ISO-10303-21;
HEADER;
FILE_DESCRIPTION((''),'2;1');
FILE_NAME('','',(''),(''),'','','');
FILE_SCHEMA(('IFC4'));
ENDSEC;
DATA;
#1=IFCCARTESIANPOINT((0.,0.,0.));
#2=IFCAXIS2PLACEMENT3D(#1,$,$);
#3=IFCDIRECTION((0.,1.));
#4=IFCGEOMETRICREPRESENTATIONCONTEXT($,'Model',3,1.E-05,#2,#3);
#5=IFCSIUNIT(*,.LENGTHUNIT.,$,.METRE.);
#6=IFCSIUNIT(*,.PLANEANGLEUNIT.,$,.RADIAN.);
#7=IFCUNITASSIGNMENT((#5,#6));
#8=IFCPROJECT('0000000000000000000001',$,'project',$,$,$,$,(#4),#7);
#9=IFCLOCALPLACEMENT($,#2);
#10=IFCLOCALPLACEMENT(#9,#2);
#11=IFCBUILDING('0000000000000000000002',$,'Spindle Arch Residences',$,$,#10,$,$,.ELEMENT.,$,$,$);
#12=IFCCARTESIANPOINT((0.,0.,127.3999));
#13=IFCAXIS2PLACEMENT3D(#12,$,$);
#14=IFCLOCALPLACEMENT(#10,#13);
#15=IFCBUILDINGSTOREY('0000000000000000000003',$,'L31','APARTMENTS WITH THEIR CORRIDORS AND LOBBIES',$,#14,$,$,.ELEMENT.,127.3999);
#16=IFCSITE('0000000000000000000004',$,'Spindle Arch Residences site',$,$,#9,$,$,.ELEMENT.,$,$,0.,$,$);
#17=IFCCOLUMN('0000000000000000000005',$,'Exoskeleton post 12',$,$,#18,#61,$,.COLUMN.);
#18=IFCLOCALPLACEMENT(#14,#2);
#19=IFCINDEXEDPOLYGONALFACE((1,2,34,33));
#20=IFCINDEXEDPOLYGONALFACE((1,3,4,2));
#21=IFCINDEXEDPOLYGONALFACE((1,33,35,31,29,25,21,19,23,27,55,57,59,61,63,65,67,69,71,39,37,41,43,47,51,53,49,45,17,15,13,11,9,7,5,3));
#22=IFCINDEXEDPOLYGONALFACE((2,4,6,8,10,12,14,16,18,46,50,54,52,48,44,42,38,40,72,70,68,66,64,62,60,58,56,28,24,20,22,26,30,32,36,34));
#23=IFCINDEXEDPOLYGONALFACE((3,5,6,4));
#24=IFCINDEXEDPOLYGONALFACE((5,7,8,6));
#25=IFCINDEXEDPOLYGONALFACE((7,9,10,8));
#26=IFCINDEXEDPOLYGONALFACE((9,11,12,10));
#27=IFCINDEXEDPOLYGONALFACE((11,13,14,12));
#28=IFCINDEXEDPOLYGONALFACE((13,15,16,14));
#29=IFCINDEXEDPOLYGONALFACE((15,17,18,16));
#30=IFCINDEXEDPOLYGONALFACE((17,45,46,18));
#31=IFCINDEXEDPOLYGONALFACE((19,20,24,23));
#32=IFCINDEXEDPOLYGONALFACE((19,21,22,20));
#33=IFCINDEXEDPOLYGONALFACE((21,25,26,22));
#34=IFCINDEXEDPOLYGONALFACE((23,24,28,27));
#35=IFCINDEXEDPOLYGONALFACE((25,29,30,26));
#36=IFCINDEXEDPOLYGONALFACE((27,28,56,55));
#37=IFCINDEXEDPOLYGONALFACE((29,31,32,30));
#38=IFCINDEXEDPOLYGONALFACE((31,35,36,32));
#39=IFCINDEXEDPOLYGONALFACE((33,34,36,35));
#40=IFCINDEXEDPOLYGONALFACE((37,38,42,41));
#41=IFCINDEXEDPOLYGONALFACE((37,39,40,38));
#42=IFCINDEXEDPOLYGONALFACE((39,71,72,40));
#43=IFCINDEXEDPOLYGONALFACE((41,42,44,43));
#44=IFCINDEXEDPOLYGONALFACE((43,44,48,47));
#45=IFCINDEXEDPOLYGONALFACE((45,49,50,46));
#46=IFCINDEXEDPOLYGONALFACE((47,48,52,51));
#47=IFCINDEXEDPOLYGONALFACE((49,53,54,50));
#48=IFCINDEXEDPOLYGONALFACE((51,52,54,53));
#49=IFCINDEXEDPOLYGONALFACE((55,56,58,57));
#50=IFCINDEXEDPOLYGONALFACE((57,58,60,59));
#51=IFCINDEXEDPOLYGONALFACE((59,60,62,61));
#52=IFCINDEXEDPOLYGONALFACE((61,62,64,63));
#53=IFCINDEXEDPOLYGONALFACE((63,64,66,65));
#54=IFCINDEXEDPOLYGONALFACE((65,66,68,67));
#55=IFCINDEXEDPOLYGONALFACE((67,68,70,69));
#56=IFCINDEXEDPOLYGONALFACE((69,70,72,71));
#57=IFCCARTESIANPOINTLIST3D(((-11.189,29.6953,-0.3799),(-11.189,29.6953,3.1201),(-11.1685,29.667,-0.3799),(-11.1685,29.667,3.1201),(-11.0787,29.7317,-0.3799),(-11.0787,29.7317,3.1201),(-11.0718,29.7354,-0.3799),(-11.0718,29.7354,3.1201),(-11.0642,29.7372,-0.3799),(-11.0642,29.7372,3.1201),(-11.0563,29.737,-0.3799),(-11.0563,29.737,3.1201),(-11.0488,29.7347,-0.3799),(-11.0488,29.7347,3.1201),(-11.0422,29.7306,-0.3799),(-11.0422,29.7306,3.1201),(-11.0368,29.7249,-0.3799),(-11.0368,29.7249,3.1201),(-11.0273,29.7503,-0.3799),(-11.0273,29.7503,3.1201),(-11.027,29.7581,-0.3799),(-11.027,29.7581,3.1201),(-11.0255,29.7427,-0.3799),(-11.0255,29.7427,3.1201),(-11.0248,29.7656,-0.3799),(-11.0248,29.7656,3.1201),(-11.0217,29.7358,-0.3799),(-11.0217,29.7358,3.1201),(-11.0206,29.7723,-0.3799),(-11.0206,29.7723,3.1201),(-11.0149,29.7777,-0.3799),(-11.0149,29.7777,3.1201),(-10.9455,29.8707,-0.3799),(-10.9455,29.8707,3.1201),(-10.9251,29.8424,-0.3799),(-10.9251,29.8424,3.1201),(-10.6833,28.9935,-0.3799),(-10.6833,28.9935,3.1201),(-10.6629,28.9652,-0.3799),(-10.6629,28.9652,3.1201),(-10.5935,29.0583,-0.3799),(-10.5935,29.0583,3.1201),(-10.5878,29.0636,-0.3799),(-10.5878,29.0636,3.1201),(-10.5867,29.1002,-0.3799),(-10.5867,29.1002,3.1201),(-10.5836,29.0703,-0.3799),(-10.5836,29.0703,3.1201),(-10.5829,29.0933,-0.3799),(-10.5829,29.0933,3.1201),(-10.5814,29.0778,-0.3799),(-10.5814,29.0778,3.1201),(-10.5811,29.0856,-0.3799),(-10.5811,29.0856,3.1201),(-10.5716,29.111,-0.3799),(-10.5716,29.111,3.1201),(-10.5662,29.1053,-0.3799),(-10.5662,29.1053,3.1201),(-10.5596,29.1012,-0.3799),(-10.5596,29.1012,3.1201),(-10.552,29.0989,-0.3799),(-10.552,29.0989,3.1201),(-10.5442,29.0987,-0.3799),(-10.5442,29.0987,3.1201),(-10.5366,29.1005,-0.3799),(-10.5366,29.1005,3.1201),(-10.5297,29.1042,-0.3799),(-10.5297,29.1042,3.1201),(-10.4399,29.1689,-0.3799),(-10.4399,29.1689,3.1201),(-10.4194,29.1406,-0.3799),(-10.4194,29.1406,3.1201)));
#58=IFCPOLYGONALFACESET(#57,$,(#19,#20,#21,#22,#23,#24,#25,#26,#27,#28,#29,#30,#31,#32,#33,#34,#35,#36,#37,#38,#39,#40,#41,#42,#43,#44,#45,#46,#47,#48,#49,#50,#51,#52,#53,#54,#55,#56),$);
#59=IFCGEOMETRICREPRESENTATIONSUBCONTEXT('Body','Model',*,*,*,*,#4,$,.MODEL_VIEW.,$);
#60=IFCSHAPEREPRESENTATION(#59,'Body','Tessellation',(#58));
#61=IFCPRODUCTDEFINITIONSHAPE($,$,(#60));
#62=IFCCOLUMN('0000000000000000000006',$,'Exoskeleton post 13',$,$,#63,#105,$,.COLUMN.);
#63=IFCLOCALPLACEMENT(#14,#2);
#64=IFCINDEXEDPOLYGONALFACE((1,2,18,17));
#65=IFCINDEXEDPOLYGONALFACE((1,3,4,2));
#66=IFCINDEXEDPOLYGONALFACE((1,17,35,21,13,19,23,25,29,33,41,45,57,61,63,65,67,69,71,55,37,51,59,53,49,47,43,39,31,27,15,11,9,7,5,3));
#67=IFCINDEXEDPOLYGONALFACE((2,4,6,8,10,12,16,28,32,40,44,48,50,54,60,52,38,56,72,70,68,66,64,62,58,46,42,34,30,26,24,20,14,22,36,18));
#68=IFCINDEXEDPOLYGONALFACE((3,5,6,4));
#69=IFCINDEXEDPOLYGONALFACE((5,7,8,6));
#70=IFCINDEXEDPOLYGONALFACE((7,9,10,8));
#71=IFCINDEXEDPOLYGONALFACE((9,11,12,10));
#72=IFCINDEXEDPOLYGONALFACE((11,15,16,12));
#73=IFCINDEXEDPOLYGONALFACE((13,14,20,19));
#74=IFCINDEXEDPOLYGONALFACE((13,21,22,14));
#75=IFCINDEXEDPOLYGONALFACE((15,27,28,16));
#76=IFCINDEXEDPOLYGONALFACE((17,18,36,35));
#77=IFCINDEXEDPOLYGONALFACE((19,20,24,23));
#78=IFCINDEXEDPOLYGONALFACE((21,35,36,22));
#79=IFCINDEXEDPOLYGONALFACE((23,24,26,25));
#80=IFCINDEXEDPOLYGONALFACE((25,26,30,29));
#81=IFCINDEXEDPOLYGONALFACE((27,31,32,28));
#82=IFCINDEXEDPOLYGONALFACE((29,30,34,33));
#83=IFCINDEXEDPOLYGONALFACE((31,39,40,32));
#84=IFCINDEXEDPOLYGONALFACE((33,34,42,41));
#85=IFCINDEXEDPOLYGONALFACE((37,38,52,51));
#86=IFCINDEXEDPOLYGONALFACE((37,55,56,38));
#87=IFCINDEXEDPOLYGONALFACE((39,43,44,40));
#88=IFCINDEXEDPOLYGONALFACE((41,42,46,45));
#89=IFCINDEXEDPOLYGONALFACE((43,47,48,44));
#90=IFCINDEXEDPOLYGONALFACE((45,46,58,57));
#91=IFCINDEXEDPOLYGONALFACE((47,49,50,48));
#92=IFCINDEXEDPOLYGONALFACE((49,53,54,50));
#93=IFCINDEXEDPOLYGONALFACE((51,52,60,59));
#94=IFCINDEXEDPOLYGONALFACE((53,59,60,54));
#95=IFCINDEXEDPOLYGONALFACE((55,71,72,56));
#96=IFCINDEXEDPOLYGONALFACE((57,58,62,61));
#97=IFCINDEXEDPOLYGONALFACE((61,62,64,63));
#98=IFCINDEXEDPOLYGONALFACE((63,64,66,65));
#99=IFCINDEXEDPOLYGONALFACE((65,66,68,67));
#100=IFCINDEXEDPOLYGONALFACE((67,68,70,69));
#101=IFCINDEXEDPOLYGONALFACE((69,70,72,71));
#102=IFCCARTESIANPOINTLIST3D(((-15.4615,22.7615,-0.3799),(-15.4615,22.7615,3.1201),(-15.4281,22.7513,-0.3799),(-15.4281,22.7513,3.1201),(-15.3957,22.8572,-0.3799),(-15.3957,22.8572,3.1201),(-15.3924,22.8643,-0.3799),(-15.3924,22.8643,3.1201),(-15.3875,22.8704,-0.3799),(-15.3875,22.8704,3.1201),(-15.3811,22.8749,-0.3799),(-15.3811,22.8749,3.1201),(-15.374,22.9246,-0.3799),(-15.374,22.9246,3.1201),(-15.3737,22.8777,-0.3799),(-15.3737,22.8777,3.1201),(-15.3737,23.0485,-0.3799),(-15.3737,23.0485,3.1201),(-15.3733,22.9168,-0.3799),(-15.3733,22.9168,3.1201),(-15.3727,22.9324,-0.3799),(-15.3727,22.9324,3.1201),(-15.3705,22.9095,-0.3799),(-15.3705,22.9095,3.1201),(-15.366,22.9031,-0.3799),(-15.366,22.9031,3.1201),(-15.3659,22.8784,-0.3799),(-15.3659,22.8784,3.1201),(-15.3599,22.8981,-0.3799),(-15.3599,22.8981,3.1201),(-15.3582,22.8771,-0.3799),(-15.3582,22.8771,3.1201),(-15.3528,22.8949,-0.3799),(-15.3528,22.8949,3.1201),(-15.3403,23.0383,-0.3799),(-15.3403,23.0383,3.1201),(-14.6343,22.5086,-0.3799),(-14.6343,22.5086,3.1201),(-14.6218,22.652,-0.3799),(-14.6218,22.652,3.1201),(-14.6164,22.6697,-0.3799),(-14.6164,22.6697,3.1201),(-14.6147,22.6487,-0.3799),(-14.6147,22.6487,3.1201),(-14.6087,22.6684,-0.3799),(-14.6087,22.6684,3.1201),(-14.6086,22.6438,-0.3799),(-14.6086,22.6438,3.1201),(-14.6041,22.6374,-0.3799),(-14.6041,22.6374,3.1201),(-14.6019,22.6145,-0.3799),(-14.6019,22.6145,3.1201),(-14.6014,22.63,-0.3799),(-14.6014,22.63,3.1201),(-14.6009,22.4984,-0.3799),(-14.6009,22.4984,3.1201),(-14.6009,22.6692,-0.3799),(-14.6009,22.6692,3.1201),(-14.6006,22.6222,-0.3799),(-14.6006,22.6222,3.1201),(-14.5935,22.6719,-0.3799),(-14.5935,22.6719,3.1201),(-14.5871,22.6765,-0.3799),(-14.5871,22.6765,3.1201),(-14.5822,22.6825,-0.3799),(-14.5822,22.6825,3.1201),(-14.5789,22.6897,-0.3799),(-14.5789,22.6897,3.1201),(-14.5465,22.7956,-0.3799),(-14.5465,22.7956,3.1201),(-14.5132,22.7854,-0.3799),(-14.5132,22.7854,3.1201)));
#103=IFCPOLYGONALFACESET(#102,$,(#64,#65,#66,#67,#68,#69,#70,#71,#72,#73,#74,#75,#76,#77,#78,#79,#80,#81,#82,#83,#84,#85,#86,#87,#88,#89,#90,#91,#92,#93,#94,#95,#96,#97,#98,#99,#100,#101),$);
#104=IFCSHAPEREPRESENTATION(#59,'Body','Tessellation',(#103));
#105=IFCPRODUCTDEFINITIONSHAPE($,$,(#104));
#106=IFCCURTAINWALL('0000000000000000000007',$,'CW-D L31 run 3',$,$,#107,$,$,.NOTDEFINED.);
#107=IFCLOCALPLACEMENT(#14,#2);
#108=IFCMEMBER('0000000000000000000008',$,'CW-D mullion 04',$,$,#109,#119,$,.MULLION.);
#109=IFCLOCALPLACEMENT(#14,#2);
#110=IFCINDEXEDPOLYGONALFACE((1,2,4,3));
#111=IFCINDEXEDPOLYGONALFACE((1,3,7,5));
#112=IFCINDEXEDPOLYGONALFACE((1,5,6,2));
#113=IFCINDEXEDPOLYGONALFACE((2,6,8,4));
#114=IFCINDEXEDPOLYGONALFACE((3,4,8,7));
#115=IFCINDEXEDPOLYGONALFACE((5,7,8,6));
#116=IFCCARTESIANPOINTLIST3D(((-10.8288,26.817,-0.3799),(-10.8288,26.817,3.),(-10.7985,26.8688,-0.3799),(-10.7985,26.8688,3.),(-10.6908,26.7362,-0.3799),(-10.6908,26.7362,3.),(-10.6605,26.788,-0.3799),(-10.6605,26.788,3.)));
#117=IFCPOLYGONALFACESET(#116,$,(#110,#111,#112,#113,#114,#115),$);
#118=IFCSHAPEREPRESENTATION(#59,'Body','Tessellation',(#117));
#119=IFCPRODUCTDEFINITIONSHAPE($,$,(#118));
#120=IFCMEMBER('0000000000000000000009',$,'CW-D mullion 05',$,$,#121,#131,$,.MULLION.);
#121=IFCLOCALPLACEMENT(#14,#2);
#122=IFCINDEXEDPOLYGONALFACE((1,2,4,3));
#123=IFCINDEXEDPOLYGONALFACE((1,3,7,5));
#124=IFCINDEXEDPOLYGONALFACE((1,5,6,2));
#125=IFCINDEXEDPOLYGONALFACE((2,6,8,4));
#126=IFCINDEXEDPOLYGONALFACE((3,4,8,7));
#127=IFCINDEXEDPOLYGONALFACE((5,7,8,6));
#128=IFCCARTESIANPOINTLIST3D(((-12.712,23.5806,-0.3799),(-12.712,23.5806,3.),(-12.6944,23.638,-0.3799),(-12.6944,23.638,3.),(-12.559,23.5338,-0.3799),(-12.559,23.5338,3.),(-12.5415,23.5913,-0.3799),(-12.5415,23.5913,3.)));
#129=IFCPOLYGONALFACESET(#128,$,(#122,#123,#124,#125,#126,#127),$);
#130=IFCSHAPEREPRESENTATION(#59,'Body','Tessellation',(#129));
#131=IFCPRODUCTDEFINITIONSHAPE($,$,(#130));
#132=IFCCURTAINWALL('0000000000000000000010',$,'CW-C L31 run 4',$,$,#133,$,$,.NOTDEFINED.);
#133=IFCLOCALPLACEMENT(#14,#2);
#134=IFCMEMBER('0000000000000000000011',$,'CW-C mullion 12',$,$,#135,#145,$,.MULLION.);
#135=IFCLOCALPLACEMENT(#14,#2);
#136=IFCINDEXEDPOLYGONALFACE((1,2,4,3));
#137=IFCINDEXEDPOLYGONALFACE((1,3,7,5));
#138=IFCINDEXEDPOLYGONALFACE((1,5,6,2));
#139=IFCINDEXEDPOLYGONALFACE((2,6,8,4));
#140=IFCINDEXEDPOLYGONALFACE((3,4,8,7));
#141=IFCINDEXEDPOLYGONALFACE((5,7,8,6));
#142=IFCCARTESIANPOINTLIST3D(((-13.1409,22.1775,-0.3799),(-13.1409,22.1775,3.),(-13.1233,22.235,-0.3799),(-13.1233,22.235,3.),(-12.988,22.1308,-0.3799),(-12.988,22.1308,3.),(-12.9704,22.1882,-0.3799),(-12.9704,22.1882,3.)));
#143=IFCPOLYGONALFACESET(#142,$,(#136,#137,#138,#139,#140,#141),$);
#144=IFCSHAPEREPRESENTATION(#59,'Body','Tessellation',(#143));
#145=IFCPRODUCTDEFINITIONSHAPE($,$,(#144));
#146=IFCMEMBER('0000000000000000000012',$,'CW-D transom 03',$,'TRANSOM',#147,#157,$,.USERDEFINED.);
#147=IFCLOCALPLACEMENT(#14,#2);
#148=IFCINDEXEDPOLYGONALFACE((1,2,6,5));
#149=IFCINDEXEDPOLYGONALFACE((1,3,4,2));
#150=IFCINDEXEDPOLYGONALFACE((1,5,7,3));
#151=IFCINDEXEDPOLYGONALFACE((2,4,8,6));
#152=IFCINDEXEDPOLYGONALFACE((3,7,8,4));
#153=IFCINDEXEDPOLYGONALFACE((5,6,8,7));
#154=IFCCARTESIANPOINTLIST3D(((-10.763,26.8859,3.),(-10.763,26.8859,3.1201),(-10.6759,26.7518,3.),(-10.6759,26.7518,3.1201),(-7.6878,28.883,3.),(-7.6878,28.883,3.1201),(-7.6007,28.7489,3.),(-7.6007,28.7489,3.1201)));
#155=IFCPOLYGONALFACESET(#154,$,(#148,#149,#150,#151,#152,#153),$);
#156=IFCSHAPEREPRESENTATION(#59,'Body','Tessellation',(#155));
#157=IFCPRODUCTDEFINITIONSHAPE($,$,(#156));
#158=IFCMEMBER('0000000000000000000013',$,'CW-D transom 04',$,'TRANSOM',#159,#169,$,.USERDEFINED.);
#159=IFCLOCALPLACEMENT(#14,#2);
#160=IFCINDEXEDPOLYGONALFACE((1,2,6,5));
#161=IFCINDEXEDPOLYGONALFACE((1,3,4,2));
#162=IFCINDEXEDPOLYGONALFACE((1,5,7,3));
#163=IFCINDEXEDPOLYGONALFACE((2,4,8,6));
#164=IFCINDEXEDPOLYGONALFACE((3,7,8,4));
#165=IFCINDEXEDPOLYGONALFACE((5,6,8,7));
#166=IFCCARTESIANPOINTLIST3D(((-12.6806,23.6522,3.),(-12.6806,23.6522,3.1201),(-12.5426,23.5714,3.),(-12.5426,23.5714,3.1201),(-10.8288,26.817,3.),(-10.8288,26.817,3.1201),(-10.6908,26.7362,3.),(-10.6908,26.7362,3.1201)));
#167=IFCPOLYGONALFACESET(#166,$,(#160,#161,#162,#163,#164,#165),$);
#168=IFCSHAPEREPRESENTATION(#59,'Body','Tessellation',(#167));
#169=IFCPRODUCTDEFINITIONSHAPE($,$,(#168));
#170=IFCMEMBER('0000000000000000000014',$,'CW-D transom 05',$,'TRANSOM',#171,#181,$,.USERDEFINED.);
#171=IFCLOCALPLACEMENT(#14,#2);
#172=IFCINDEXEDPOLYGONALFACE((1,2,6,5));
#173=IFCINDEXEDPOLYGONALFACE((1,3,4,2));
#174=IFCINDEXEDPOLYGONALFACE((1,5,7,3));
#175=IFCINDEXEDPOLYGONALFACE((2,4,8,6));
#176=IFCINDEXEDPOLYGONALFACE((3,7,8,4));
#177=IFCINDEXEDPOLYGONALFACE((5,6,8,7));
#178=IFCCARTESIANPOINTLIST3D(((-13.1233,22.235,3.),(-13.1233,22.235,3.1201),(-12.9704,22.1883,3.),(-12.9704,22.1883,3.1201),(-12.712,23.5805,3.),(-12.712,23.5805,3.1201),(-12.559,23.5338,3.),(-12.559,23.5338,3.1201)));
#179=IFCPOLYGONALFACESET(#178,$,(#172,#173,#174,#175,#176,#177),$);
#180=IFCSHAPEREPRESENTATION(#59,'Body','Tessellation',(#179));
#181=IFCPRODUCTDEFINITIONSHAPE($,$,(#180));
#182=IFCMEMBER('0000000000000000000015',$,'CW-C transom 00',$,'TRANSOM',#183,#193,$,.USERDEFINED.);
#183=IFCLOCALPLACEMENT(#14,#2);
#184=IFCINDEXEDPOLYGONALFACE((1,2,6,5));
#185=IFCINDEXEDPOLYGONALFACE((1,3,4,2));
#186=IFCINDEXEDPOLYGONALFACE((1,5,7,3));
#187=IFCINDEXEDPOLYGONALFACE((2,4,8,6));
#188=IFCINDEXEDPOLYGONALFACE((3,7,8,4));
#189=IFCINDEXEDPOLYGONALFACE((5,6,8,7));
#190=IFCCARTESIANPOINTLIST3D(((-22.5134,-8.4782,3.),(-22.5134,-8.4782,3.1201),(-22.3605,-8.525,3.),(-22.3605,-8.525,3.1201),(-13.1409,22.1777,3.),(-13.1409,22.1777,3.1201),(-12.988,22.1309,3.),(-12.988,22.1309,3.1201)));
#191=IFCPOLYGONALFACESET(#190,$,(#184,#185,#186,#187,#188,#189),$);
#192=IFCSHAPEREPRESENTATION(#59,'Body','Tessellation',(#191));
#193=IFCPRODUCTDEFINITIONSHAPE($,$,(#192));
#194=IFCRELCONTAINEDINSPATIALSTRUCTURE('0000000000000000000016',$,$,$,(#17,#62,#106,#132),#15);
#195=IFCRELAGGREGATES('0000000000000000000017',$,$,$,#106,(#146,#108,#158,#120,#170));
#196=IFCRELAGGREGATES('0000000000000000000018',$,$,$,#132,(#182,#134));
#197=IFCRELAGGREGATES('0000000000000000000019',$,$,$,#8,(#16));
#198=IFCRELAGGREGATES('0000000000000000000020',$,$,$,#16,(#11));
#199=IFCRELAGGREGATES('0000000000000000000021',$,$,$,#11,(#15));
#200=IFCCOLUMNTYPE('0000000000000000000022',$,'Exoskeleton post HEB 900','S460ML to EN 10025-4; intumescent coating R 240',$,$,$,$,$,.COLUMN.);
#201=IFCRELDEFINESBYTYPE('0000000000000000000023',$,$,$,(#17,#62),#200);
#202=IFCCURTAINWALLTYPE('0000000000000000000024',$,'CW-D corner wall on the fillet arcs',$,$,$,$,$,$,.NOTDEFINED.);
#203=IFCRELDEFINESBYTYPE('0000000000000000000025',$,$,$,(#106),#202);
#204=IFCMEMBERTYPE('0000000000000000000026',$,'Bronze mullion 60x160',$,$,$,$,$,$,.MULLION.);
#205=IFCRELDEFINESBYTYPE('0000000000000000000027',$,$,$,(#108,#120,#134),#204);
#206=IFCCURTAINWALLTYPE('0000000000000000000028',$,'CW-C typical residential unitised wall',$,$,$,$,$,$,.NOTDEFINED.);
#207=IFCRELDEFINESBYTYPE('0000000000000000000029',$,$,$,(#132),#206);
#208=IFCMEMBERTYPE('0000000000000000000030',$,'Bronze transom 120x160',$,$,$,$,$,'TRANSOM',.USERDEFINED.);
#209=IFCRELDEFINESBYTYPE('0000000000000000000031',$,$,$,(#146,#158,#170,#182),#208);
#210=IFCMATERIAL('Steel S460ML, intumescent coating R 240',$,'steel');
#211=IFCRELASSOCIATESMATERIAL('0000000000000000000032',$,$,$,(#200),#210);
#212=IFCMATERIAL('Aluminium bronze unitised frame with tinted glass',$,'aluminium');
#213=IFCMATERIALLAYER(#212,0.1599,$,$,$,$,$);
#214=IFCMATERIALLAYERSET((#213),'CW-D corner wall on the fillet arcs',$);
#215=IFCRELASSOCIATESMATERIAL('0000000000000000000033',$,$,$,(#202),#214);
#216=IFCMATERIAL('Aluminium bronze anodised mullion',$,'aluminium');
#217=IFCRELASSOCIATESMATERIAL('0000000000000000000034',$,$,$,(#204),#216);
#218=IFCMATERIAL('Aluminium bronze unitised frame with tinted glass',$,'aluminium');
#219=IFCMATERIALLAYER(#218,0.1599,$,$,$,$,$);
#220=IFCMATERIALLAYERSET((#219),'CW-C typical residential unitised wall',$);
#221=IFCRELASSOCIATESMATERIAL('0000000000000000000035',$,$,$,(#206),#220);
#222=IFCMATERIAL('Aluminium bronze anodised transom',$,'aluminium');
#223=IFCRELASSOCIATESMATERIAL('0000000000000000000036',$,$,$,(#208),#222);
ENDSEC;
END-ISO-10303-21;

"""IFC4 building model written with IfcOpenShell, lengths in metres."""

from ifc_helpers import new_model, si_unit, direction, frame, origin, origin_2d, place, context, subcontext, project, spatial, rectangle, i_section, extrude, material, layer, layer_set, material_profile, profile_set, type_object, element, aggregate, save


model = new_model("IFC4")

# Units and contexts
model_context = context("Model", 3, precision=1e-05, world=origin(), true_north=direction((0.0, 1.0)))
body_context = subcontext(model_context, "Body", "Model", "MODEL_VIEW")
ifc_project = project(units=[si_unit("LENGTHUNIT", "METRE"), si_unit("PLANEANGLEUNIT", "RADIAN")], contexts=[model_context])

# Site, building, storey
site_placement = place(None, origin())
site = spatial("IfcSite", under=ifc_project, at=site_placement, Name="Spindle Arch Residences site", CompositionType="ELEMENT", RefElevation=0.0)
building_placement = place(site_placement, origin())
building = spatial("IfcBuilding", under=site, at=building_placement, Name="Spindle Arch Residences", CompositionType="ELEMENT")
storey_placement = place(building_placement, frame((0.0, 0.0, 127.3999)))
storey = spatial("IfcBuildingStorey", under=building, at=storey_placement, Name="L31", Description="APARTMENTS WITH THEIR CORRIDORS AND LOBBIES", CompositionType="ELEMENT", Elevation=127.3999)

# Columns
ifc_material_1 = material(Name="Steel S460ML, intumescent coating R 240", Category="steel")
ifc_material_profile_1 = material_profile(ifc_material_1, i_section(OverallWidth=0.3, OverallDepth=0.8999, WebThickness=0.0186, FlangeThickness=0.0349, FilletRadius=0.03, at=origin_2d()), Name="HEB 900")
ifc_profile_set_1 = profile_set([ifc_material_profile_1], Name="Steel S460ML, intumescent coating R 240")
column_type = type_object("IfcColumnType", Name="Exoskeleton post HEB 900", Description="S460ML to EN 10025-4; intumescent coating R 240", PredefinedType="COLUMN", material=ifc_profile_set_1)
for number, where, z_axis, x_axis, name in (
    (1, (-10.8042, 29.418, -0.3799), (0.0, 0.0, 1.0), (0.811328, 0.584591, 0.0), "Exoskeleton post 12"),
    (2, (-14.9873, 22.7734, -0.3799), (0.0, 0.0, 1.0), (0.292372, 0.956305, 0.0), "Exoskeleton post 13"),
):
    element("IfcColumn", number, at=place(storey_placement, frame(where, z_axis=z_axis, x_axis=x_axis)), inside=storey, type_object=column_type, Name=name, PredefinedType="COLUMN", context=body_context, shape_type="SweptSolid", body=[
        extrude(i_section(OverallWidth=0.3, OverallDepth=0.8999, WebThickness=0.0186, FlangeThickness=0.0349, FilletRadius=0.03, at=origin_2d()), origin(), (0.0, 0.0, 1.0), 3.5),
    ])

# Curtain wall, members
ifc_material_2 = material(Name="Aluminium bronze unitised frame with tinted glass", Category="aluminium")
ifc_layer_1 = layer(ifc_material_2, 0.1599)
ifc_layer_set_1 = layer_set([ifc_layer_1], Name="CW-D corner wall on the fillet arcs")
curtain_wall_type_1 = type_object("IfcCurtainWallType", Name="CW-D corner wall on the fillet arcs", PredefinedType="NOTDEFINED", material=ifc_layer_set_1)
curtain_wall_1_placement = place(storey_placement, origin())
curtain_wall_1 = element("IfcCurtainWall", 3, at=curtain_wall_1_placement, inside=storey, type_object=curtain_wall_type_1, Name="CW-D L31 run 3", PredefinedType="NOTDEFINED")
ifc_material_3 = material(Name="Aluminium bronze anodised mullion", Category="aluminium")
ifc_material_profile_2 = material_profile(ifc_material_3, rectangle(XDim=0.1599, YDim=0.0601, at=origin_2d()), Name="MU 60x160")
ifc_profile_set_2 = profile_set([ifc_material_profile_2], Name="Aluminium bronze anodised mullion")
member_type_1 = type_object("IfcMemberType", Name="Bronze mullion 60x160", PredefinedType="MULLION", material=ifc_profile_set_2)
member_1_placement = place(storey_placement, frame((-10.7446, 26.8025, -0.3799), z_axis=(0.0, 0.0, 1.0), x_axis=(0.863102, -0.50503, 0.0)))
member_1 = element("IfcMember", 4, at=member_1_placement, type_object=member_type_1, Name="CW-D mullion 04", PredefinedType="MULLION", context=body_context, shape_type="SweptSolid", body=[
    extrude(rectangle(XDim=0.1599, YDim=0.0601, at=origin_2d()), origin(), (0.0, 0.0, 1.0), 3.3799),
])
member_2_placement = place(storey_placement, frame((-12.6267, 23.5859, -0.3799), z_axis=(0.0, 0.0, 1.0), x_axis=(0.956305, -0.292372, 0.0)))
member_2 = element("IfcMember", 5, at=member_2_placement, type_object=member_type_1, Name="CW-D mullion 05", PredefinedType="MULLION", context=body_context, shape_type="SweptSolid", body=[
    extrude(rectangle(XDim=0.1599, YDim=0.0601, at=origin_2d()), origin(), (0.0, 0.0, 1.0), 3.3799),
])

# Curtain wall, member
ifc_material_4 = material(Name="Aluminium bronze unitised frame with tinted glass", Category="aluminium")
ifc_layer_2 = layer(ifc_material_4, 0.1599)
ifc_layer_set_2 = layer_set([ifc_layer_2], Name="CW-C typical residential unitised wall")
curtain_wall_type_2 = type_object("IfcCurtainWallType", Name="CW-C typical residential unitised wall", PredefinedType="NOTDEFINED", material=ifc_layer_set_2)
curtain_wall_2_placement = place(storey_placement, origin())
curtain_wall_2 = element("IfcCurtainWall", 6, at=curtain_wall_2_placement, inside=storey, type_object=curtain_wall_type_2, Name="CW-C L31 run 4", PredefinedType="NOTDEFINED")
member_3_placement = place(storey_placement, frame((-13.0557, 22.1829, -0.3799), z_axis=(0.0, 0.0, 1.0), x_axis=(0.956305, -0.292372, 0.0)))
member_3 = element("IfcMember", 7, at=member_3_placement, type_object=member_type_1, Name="CW-C mullion 12", PredefinedType="MULLION", context=body_context, shape_type="SweptSolid", body=[
    extrude(rectangle(XDim=0.1599, YDim=0.0601, at=origin_2d()), origin(), (0.0, 0.0, 1.0), 3.3799),
])

# Members
ifc_material_5 = material(Name="Aluminium bronze anodised transom", Category="aluminium")
ifc_material_profile_3 = material_profile(ifc_material_5, rectangle(XDim=0.1599, YDim=0.1201, at=origin_2d()), Name="TR 120x160")
ifc_profile_set_3 = profile_set([ifc_material_profile_3], Name="Aluminium bronze anodised transom")
member_type_2 = type_object("IfcMemberType", Name="Bronze transom 120x160", ElementType="TRANSOM", PredefinedType="USERDEFINED", material=ifc_profile_set_3)
member_4_placement = place(storey_placement, frame((-7.6443, 28.8159, 3.0601), z_axis=(-0.838669, -0.544642, 0.0), x_axis=(0.544642, -0.838669, 0.0)))
member_4 = element("IfcMember", 8, at=member_4_placement, type_object=member_type_2, Name="CW-D transom 03", ObjectType="TRANSOM", PredefinedType="USERDEFINED", context=body_context, shape_type="SweptSolid", body=[
    extrude(rectangle(XDim=0.1599, YDim=0.1201, at=origin_2d()), origin(), (0.0, 0.0, 1.0), 3.6667),
])
member_5_placement = place(storey_placement, frame((-10.7598, 26.7766, 3.0601), z_axis=(-0.505026, -0.863104, 0.0), x_axis=(0.863104, -0.505026, 0.0)))
member_5 = element("IfcMember", 9, at=member_5_placement, type_object=member_type_2, Name="CW-D transom 04", ObjectType="TRANSOM", PredefinedType="USERDEFINED", context=body_context, shape_type="SweptSolid", body=[
    extrude(rectangle(XDim=0.1599, YDim=0.1201, at=origin_2d()), origin(), (0.0, 0.0, 1.0), 3.6667),
])
member_6_placement = place(storey_placement, frame((-12.6355, 23.5571, 3.0601), z_axis=(-0.29239, -0.956299, 0.0), x_axis=(0.956299, -0.29239, 0.0)))
member_6 = element("IfcMember", 10, at=member_6_placement, type_object=member_type_2, Name="CW-D transom 05", ObjectType="TRANSOM", PredefinedType="USERDEFINED", context=body_context, shape_type="SweptSolid", body=[
    extrude(rectangle(XDim=0.1599, YDim=0.1201, at=origin_2d()), origin(), (0.0, 0.0, 1.0), 1.407),
])
member_7_placement = place(storey_placement, frame((-13.0645, 22.1543, 3.0601), z_axis=(-0.292374, -0.956304, 0.0), x_axis=(0.956304, -0.292374, 0.0)))
member_7 = element("IfcMember", 11, at=member_7_placement, type_object=member_type_2, Name="CW-C transom 00", ObjectType="TRANSOM", PredefinedType="USERDEFINED", context=body_context, shape_type="SweptSolid", body=[
    extrude(rectangle(XDim=0.1599, YDim=0.1201, at=origin_2d()), origin(), (0.0, 0.0, 1.0), 32.0566),
])

aggregate(curtain_wall_1, [member_4, member_1, member_5, member_2, member_6])
aggregate(curtain_wall_2, [member_7, member_3])

save(model, "model.ifc")
